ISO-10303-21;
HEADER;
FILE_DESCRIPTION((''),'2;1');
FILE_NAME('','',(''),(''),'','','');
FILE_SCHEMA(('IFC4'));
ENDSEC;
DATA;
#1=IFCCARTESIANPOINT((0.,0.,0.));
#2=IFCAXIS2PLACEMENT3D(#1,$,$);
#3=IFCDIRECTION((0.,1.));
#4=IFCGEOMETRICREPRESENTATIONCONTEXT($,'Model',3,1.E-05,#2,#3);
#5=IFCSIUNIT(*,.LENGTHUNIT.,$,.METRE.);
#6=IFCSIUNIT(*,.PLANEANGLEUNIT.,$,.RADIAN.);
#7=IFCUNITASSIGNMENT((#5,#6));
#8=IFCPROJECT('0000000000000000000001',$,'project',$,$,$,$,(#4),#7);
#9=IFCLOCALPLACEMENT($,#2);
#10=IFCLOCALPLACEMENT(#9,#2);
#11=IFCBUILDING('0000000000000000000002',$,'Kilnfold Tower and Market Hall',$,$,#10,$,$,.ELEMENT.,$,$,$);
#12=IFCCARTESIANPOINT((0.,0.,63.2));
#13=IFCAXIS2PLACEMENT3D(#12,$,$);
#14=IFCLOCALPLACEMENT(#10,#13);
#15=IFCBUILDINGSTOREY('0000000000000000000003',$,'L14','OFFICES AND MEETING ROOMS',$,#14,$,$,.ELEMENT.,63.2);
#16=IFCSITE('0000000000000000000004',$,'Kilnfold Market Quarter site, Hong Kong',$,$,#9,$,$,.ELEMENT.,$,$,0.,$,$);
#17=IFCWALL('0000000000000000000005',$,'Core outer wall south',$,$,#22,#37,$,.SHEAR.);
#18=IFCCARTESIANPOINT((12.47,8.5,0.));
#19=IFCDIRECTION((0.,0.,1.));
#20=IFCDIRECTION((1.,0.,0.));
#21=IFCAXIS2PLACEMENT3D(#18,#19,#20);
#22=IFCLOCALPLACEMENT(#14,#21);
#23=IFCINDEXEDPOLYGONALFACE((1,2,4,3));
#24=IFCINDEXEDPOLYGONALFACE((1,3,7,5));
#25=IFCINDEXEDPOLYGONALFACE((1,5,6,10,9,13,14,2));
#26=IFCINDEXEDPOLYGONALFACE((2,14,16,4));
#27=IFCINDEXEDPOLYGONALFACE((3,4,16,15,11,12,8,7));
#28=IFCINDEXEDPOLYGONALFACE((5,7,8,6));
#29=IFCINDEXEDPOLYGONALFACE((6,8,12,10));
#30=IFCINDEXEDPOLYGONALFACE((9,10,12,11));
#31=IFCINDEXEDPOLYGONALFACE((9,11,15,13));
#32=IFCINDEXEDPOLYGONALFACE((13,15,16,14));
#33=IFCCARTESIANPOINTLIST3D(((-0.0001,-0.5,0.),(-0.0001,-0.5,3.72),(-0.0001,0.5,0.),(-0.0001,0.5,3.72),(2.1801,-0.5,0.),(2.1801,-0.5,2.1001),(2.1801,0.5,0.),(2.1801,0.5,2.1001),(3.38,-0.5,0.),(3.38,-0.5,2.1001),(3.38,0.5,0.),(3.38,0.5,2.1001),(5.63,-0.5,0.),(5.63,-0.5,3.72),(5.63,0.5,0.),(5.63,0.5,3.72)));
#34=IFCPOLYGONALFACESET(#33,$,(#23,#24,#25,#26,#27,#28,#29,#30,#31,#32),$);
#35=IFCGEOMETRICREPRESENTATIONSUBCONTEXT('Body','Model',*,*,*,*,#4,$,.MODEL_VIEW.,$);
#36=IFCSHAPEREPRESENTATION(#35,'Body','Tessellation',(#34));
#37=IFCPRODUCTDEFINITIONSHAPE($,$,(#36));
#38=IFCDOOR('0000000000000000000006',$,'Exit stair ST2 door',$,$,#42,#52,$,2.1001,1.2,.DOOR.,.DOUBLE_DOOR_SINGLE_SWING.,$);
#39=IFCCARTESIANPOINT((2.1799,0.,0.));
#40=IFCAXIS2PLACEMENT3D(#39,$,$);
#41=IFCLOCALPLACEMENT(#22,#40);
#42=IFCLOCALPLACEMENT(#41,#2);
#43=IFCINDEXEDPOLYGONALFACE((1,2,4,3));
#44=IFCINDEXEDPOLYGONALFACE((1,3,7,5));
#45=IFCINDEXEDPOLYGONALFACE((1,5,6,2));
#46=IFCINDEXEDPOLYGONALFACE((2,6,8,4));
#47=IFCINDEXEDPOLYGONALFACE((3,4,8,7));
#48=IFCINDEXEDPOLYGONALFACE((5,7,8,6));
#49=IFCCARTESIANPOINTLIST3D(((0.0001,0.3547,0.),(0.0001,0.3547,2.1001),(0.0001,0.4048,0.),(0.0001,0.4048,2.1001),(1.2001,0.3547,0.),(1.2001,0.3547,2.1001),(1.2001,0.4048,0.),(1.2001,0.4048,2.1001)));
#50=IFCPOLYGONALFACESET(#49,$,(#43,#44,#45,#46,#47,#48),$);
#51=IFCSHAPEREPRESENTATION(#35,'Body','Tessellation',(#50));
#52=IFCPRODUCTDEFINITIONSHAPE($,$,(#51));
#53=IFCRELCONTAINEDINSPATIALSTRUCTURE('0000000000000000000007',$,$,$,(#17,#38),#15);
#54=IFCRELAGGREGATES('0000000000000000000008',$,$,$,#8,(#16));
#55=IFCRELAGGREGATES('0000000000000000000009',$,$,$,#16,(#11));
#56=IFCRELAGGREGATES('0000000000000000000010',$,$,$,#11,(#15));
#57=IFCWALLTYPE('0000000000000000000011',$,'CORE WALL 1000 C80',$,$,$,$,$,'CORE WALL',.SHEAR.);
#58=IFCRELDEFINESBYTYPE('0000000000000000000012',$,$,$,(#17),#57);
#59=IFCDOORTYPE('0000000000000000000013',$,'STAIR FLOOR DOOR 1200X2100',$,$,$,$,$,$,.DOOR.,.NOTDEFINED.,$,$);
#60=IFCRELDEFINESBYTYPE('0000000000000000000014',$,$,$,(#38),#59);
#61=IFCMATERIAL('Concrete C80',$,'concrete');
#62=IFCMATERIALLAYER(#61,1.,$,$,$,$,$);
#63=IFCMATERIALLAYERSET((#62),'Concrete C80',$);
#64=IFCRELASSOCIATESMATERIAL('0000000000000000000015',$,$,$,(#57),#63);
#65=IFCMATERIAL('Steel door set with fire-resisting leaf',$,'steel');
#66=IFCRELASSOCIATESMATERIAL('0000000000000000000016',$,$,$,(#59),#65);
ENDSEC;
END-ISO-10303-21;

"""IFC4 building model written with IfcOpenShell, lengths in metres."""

from ifc_helpers import new_model, si_unit, direction, frame, frame_2d, origin, place, context, subcontext, project, spatial, rectangle, extrude, source, transform, mapped, material, layer, layer_set, type_object, element, fill, save


model = new_model("IFC4")

# Units and contexts
model_context = context("Model", 3, precision=1e-05, world=origin(), true_north=direction((0.0, 1.0)))
body_context = subcontext(model_context, "Body", "Model", "MODEL_VIEW")
ifc_project = project(units=[si_unit("LENGTHUNIT", "METRE"), si_unit("PLANEANGLEUNIT", "RADIAN")], contexts=[model_context])

# Site, building, storey
site_placement = place(None, origin())
site = spatial("IfcSite", under=ifc_project, at=site_placement, Name="Kilnfold Market Quarter site, Hong Kong", CompositionType="ELEMENT", RefElevation=0.0)
building_placement = place(site_placement, origin())
building = spatial("IfcBuilding", under=site, at=building_placement, Name="Kilnfold Tower and Market Hall", CompositionType="ELEMENT")
storey_placement = place(building_placement, frame((0.0, 0.0, 63.2)))
storey = spatial("IfcBuildingStorey", under=building, at=storey_placement, Name="L14", Description="OFFICES AND MEETING ROOMS", CompositionType="ELEMENT", Elevation=63.2)

# Wall, opening, door
ifc_material_1 = material(Name="Concrete C80", Category="concrete")
ifc_layer_1 = layer(ifc_material_1, 1.0)
ifc_layer_set_1 = layer_set([ifc_layer_1], Name="Concrete C80")
wall_type_1 = type_object("IfcWallType", Name="CORE WALL 1000 C80", ElementType="CORE WALL", PredefinedType="SHEAR", material=ifc_layer_set_1)
shared_shape_1 = source(origin(), body_context, "Body", "SweptSolid", [
    extrude(rectangle(XDim=5.6301, YDim=1.0, at=frame_2d((2.8149, 0.0))), origin(), (0.0, 0.0, 1.0), 3.72),
])
wall_1_placement = place(storey_placement, frame((12.47, 8.5, 0.0), z_axis=(0.0, 0.0, 1.0), x_axis=(1.0, 0.0, 0.0)))
wall_1 = element("IfcWall", 1, at=wall_1_placement, inside=storey, type_object=wall_type_1, Name="Core outer wall south", PredefinedType="SHEAR", context=body_context, shape_type="MappedRepresentation", body=[
    mapped(shared_shape_1, transform((0.0, 0.0, 0.0))),
])
opening_1_placement = place(wall_1_placement, frame((2.1799, 0.0, 0.0)))
opening_1 = element("IfcOpeningElement", 2, at=opening_1_placement, cuts=wall_1, PredefinedType="OPENING", context=body_context, shape_type="SweptSolid", body=[
    extrude(rectangle(XDim=1.2, YDim=2.1001, at=frame_2d((0.6001, 1.05))), frame((0.0, 0.51, 0.0), z_axis=(0.0, -1.0, 0.0), x_axis=(1.0, 0.0, 0.0)), (0.0, 0.0, 1.0), 1.02),
])
ifc_material_2 = material(Name="Steel door set with fire-resisting leaf", Category="steel")
door_type_1 = type_object("IfcDoorType", Name="STAIR FLOOR DOOR 1200X2100", OperationType="NOTDEFINED", PredefinedType="DOOR", material=ifc_material_2)
door_1_placement = place(opening_1_placement, origin())
door_1 = element("IfcDoor", 3, at=door_1_placement, inside=storey, type_object=door_type_1, Name="Exit stair ST2 door", OperationType="DOUBLE_DOOR_SINGLE_SWING", OverallHeight=2.1001, OverallWidth=1.2, PredefinedType="DOOR", context=body_context, shape_type="SweptSolid", body=[
    extrude(rectangle(XDim=1.2, YDim=2.1001, at=frame_2d((0.6001, 1.05))), frame((0.0, 0.4048, 0.0), z_axis=(0.0, -1.0, 0.0), x_axis=(1.0, 0.0, 0.0)), (0.0, 0.0, 1.0), 0.05),
])
fill(opening_1, door_1)

save(model, "model.ifc")
